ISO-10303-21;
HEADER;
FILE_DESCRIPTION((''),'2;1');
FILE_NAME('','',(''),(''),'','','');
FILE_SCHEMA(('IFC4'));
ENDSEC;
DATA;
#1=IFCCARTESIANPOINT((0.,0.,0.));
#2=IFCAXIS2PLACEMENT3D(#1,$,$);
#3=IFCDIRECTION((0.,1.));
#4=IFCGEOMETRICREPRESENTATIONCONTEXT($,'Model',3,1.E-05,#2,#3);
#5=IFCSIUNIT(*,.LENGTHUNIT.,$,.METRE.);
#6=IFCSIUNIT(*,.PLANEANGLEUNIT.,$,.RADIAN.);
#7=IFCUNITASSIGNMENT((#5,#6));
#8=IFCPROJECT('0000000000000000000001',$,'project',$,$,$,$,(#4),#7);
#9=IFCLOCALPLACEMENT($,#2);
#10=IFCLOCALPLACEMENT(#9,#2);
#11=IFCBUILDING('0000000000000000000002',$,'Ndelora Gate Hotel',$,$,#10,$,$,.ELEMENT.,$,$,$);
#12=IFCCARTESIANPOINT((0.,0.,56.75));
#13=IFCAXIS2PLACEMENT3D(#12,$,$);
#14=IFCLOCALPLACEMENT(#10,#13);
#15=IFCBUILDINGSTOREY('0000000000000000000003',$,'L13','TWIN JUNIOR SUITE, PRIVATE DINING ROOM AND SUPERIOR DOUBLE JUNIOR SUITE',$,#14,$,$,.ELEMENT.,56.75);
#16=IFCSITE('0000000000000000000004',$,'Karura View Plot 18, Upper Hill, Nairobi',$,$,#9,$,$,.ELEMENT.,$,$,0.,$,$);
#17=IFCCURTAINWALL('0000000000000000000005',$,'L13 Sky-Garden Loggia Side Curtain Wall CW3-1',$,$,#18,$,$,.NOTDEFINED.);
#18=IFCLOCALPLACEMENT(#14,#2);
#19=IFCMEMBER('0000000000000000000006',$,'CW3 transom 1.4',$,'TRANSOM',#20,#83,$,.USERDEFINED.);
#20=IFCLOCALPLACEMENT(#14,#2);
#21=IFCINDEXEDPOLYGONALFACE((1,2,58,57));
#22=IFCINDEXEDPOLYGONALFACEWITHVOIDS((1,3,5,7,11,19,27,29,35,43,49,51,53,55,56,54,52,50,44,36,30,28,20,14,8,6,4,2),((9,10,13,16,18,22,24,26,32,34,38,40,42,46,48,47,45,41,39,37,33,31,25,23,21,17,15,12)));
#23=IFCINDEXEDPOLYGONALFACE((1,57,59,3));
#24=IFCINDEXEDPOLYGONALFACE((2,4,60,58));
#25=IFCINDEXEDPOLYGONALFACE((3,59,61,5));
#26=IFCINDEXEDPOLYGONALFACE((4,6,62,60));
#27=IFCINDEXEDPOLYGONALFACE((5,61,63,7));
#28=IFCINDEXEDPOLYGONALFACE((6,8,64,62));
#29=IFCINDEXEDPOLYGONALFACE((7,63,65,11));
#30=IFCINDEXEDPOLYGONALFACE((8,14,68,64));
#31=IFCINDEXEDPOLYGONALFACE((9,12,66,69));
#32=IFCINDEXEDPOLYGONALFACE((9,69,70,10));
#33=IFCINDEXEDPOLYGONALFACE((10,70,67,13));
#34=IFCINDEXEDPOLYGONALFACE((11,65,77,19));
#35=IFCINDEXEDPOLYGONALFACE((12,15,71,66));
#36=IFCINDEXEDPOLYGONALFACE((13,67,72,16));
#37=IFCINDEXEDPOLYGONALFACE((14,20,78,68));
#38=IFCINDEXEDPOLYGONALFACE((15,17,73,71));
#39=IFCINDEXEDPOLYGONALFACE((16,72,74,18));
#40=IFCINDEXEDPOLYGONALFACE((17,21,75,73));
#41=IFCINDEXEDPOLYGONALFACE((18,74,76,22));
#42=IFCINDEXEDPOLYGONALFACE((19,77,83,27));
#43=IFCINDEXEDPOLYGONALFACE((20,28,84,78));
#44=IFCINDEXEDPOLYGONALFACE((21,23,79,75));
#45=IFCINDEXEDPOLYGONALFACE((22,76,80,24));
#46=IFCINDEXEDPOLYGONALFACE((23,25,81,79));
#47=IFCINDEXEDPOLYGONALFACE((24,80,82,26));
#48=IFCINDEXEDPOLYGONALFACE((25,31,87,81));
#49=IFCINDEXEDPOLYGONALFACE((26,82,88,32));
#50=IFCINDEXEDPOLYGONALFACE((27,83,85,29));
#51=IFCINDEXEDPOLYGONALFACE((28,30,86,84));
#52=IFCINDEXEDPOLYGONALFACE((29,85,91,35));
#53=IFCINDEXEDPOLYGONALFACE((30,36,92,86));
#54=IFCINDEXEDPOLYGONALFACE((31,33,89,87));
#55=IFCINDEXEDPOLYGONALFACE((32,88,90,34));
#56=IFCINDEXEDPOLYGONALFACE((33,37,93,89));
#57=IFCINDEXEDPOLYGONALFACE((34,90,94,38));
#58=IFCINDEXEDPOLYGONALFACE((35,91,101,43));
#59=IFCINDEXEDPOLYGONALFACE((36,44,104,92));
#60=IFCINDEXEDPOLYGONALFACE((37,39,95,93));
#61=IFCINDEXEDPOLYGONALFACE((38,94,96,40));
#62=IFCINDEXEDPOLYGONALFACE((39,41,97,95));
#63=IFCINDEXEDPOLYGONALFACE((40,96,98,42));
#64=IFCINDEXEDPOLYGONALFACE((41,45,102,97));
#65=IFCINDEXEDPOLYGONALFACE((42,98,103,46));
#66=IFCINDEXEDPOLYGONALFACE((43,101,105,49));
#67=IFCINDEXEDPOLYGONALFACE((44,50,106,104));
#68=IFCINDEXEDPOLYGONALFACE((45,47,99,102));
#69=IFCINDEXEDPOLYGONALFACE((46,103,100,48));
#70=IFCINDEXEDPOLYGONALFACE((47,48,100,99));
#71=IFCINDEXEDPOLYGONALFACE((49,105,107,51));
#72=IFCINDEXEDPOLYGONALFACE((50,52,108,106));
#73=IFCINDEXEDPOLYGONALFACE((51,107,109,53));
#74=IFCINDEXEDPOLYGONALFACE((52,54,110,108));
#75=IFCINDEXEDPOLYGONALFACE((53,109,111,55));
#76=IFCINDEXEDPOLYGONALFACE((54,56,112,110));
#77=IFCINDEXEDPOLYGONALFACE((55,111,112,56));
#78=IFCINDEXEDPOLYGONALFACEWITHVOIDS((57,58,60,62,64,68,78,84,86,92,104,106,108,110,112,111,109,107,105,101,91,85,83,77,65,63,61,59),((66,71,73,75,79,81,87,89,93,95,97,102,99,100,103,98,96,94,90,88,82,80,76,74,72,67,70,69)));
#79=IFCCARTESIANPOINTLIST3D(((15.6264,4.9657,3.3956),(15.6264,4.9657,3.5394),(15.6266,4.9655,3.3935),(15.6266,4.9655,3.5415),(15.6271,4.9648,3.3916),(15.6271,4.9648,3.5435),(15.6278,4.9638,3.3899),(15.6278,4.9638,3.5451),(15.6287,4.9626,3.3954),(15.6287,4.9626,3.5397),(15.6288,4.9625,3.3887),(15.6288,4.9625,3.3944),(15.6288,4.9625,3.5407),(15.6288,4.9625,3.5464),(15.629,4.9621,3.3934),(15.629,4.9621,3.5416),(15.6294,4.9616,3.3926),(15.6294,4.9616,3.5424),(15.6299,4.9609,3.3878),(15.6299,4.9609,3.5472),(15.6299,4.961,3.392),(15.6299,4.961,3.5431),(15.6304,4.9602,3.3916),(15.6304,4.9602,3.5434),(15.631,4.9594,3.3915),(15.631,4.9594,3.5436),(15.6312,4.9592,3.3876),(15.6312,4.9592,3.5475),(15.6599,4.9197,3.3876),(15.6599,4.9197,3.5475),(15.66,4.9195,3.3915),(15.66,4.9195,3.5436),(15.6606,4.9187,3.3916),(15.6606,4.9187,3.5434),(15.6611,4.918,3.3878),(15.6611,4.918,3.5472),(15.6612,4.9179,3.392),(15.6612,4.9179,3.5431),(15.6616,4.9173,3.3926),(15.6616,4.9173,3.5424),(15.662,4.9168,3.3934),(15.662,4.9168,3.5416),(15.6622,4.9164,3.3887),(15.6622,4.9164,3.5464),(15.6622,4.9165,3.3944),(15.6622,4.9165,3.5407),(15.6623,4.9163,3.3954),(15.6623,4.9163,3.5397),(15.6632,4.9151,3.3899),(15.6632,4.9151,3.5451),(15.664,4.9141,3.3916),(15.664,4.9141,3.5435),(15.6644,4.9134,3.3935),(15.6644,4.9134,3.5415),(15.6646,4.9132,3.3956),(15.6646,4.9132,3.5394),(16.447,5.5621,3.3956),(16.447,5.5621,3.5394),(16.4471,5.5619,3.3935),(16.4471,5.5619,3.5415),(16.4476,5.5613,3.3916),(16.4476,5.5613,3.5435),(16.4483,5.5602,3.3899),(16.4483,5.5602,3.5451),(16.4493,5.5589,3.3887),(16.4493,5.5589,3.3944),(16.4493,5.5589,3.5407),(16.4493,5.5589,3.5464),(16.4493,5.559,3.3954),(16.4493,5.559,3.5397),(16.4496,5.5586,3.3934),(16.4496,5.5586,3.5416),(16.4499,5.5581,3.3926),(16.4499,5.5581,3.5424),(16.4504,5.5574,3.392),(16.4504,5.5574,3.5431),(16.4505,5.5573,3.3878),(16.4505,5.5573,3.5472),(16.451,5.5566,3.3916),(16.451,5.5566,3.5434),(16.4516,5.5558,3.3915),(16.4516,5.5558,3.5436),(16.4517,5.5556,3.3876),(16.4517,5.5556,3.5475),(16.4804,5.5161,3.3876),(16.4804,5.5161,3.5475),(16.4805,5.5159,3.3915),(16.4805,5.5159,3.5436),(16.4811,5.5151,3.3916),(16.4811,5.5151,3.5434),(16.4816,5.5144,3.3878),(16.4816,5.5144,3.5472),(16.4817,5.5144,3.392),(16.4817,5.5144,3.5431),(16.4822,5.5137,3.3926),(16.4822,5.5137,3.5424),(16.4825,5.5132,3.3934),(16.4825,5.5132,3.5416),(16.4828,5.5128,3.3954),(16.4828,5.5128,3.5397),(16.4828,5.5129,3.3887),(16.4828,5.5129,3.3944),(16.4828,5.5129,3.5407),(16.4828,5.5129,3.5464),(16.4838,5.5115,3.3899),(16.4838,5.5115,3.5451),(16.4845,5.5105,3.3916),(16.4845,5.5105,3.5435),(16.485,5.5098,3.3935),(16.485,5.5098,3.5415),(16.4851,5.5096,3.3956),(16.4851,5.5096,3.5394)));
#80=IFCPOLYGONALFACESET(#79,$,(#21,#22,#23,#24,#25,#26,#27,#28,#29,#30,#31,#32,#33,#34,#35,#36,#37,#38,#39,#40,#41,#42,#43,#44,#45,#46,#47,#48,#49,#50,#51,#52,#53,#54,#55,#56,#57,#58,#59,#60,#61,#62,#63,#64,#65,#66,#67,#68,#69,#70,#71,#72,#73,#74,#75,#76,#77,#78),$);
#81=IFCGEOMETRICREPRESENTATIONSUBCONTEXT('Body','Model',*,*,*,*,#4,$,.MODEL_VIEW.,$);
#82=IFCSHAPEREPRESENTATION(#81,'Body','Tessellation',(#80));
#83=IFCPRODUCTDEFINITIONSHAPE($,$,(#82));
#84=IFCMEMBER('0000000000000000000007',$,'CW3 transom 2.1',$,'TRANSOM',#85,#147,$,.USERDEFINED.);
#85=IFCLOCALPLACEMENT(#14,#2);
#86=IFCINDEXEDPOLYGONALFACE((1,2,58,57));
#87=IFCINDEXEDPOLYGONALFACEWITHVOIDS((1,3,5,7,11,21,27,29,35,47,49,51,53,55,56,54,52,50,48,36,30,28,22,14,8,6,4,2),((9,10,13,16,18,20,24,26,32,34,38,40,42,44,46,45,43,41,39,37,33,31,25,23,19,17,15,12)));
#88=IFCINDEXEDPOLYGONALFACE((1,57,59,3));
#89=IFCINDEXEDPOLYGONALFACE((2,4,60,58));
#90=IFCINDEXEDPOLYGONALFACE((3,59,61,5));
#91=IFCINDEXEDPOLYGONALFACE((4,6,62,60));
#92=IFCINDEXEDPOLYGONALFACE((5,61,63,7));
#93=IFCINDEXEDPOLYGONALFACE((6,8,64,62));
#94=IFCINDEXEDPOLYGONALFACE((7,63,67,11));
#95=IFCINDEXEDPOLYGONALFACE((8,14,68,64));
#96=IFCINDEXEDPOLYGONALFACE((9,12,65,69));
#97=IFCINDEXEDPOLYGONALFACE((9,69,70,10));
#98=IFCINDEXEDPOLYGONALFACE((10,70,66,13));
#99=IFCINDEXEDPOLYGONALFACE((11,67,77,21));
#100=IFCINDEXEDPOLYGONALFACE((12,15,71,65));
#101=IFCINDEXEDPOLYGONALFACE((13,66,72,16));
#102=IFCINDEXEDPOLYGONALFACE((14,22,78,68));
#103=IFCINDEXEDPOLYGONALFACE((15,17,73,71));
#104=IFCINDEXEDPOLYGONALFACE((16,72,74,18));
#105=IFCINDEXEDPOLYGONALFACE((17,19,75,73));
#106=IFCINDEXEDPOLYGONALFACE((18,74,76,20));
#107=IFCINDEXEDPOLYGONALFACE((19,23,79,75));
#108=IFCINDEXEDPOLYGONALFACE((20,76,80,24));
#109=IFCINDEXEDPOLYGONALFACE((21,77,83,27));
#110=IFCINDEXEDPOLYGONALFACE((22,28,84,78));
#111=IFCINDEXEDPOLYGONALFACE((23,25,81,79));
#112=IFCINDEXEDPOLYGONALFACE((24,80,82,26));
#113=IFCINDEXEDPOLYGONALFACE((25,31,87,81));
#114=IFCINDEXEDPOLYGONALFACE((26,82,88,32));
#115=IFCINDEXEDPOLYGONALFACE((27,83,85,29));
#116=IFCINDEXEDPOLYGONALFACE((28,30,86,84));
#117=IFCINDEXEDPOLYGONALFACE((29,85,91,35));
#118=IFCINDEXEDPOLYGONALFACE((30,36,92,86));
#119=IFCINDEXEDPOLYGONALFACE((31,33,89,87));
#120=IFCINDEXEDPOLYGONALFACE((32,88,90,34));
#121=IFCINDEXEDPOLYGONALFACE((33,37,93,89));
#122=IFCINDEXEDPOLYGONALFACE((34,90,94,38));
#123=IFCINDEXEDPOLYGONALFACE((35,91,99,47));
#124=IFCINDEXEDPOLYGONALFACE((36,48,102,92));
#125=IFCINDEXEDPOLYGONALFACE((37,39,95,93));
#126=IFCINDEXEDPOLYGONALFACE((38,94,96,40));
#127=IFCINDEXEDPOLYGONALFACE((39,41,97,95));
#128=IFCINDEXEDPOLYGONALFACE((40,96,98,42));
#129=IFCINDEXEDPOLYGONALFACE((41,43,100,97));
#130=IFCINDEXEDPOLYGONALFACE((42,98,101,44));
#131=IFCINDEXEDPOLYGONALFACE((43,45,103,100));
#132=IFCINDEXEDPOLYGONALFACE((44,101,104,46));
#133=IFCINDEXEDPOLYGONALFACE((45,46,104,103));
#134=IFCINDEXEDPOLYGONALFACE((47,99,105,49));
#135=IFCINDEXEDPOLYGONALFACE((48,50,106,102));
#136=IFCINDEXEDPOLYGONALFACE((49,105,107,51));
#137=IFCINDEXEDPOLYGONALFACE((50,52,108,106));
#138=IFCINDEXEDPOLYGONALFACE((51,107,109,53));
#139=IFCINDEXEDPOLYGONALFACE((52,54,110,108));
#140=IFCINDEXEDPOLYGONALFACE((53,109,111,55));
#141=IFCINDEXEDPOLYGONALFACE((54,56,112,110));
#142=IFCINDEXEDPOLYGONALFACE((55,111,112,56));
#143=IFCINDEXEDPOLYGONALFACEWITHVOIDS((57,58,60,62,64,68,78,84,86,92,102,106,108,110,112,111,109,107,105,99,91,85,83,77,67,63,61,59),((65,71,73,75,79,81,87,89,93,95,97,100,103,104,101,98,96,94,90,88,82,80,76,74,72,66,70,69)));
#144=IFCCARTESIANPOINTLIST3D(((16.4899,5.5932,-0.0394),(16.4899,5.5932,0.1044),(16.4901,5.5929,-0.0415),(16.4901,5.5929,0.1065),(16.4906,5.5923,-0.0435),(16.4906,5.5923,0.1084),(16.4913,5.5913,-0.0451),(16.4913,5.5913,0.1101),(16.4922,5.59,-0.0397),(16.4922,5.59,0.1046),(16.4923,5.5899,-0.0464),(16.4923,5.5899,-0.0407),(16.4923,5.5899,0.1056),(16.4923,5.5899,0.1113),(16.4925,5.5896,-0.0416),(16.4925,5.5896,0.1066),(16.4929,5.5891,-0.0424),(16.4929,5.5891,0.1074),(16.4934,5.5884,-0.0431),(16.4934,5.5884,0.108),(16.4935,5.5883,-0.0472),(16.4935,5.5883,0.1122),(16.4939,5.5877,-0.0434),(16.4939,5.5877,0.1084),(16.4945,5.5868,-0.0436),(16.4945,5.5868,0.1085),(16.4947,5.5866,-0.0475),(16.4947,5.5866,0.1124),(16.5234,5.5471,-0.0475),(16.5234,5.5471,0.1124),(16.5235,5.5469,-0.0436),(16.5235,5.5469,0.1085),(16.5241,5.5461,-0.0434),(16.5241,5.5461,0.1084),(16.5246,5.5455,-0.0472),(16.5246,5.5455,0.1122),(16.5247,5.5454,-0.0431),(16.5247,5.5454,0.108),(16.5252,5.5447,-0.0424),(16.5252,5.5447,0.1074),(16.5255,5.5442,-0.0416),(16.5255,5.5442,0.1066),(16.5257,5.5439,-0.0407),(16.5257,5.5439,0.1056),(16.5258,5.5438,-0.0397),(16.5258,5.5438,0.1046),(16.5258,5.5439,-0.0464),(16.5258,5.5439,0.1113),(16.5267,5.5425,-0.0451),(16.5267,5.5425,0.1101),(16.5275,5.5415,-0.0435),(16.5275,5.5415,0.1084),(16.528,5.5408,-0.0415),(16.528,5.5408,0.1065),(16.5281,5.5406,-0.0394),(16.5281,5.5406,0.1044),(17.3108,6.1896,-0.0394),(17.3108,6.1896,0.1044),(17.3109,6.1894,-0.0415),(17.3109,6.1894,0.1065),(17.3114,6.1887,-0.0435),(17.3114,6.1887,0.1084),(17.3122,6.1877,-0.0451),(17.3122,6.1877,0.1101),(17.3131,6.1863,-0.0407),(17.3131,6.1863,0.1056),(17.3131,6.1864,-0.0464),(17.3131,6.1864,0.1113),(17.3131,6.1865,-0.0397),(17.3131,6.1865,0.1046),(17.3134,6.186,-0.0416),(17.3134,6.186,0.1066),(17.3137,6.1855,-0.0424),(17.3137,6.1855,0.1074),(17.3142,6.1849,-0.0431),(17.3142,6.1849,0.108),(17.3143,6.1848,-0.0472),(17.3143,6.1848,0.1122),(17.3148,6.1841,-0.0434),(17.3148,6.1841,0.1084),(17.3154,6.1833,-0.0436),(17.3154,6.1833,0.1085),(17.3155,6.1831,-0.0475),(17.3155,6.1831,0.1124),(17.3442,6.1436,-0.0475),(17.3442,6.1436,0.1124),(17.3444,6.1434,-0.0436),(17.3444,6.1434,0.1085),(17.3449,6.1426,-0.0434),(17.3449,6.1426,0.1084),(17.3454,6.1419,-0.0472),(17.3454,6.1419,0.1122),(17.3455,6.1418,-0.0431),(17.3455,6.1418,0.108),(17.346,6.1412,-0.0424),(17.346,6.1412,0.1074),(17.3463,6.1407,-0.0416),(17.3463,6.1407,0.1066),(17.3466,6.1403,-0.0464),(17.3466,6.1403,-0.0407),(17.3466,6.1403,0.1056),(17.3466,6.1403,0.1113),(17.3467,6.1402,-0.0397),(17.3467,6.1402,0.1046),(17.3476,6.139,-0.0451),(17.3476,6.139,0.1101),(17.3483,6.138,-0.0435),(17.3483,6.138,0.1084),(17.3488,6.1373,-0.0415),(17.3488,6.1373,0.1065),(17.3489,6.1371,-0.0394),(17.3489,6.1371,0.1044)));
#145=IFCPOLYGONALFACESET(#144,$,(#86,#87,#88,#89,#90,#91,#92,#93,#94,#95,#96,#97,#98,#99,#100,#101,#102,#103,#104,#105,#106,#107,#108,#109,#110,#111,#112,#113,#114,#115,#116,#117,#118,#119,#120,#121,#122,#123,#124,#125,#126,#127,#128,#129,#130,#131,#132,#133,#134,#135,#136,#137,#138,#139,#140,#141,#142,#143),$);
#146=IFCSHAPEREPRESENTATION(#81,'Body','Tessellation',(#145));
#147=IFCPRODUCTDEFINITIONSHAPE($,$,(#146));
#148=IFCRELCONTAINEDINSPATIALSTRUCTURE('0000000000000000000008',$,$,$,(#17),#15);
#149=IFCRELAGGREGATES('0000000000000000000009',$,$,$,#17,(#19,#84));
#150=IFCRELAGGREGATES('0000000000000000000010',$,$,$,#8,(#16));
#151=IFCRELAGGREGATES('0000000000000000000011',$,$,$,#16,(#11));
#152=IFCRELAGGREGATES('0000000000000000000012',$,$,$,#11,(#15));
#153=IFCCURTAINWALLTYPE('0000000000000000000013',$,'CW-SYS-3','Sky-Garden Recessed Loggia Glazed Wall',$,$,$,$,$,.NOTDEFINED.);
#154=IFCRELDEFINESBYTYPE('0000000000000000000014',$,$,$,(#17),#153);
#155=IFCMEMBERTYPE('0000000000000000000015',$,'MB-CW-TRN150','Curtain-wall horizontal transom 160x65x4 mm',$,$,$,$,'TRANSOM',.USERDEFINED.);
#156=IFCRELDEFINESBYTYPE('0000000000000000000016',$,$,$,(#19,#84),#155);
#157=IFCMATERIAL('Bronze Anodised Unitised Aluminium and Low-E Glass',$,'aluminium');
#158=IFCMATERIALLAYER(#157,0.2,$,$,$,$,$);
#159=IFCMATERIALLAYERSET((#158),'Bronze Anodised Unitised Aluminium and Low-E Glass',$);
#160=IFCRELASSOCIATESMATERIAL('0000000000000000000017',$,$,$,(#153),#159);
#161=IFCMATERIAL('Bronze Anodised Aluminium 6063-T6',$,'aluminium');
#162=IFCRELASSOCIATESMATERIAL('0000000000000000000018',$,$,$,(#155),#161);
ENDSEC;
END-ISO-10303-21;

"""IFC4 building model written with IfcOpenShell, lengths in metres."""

from ifc_helpers import new_model, si_unit, direction, frame, origin, origin_2d, place, context, subcontext, project, spatial, hollow_rectangle, extrude, material, layer, layer_set, material_profile, profile_set, type_object, element, aggregate, save


model = new_model("IFC4")

# Units and contexts
model_context = context("Model", 3, precision=1e-05, world=origin(), true_north=direction((0.0, 1.0)))
body_context = subcontext(model_context, "Body", "Model", "MODEL_VIEW")
ifc_project = project(units=[si_unit("LENGTHUNIT", "METRE"), si_unit("PLANEANGLEUNIT", "RADIAN")], contexts=[model_context])

# Site, building, storey
site_placement = place(None, origin())
site = spatial("IfcSite", under=ifc_project, at=site_placement, Name="Karura View Plot 18, Upper Hill, Nairobi", CompositionType="ELEMENT", RefElevation=0.0)
building_placement = place(site_placement, origin())
building = spatial("IfcBuilding", under=site, at=building_placement, Name="Ndelora Gate Hotel", CompositionType="ELEMENT")
storey_placement = place(building_placement, frame((0.0, 0.0, 56.75)))
storey = spatial("IfcBuildingStorey", under=building, at=storey_placement, Name="L13", Description="TWIN JUNIOR SUITE, PRIVATE DINING ROOM AND SUPERIOR DOUBLE JUNIOR SUITE", CompositionType="ELEMENT", Elevation=56.75)

# Curtain wall, members
ifc_material_1 = material(Name="Bronze Anodised Unitised Aluminium and Low-E Glass", Category="aluminium")
ifc_layer_1 = layer(ifc_material_1, 0.2)
ifc_layer_set_1 = layer_set([ifc_layer_1], Name="Bronze Anodised Unitised Aluminium and Low-E Glass")
curtain_wall_type = type_object("IfcCurtainWallType", Name="CW-SYS-3", Description="Sky-Garden Recessed Loggia Glazed Wall", PredefinedType="NOTDEFINED", material=ifc_layer_set_1)
curtain_wall_placement = place(storey_placement, origin())
curtain_wall = element("IfcCurtainWall", 1, at=curtain_wall_placement, inside=storey, type_object=curtain_wall_type, Name="L13 Sky-Garden Loggia Side Curtain Wall CW3-1", PredefinedType="NOTDEFINED")
ifc_material_2 = material(Name="Bronze Anodised Aluminium 6063-T6", Category="aluminium")
ifc_material_profile_1 = material_profile(ifc_material_2, hollow_rectangle(XDim=0.0649, YDim=0.1599, WallThickness=0.0039, InnerFilletRadius=0.0039, OuterFilletRadius=0.0081, at=origin_2d()), Name="ALU 160x65x4")
ifc_profile_set_1 = profile_set([ifc_material_profile_1], Name="Bronze Anodised Aluminium 6063-T6")
member_type_1 = type_object("IfcMemberType", Name="MB-CW-TRN150", Description="Curtain-wall horizontal transom 160x65x4 mm", ElementType="TRANSOM", PredefinedType="USERDEFINED", material=ifc_profile_set_1)
member_1_placement = place(storey_placement, frame((15.6455, 4.9395, 3.4675), z_axis=(0.808892, 0.587957, 0.0), x_axis=(-0.587957, 0.808892, 0.0)))
member_1 = element("IfcMember", 2, at=member_1_placement, type_object=member_type_1, Name="CW3 transom 1.4", ObjectType="TRANSOM", PredefinedType="USERDEFINED", context=body_context, shape_type="SweptSolid", body=[
    extrude(hollow_rectangle(XDim=0.0649, YDim=0.1599, WallThickness=0.0039, InnerFilletRadius=0.0039, OuterFilletRadius=0.0081, at=origin_2d()), origin(), (0.0, 0.0, 1.0), 1.0144),
])
member_2_placement = place(storey_placement, frame((16.509, 5.5669, 0.0325), z_axis=(0.808975, 0.587843, 0.0), x_axis=(-0.587843, 0.808975, 0.0)))
member_2 = element("IfcMember", 3, at=member_2_placement, type_object=member_type_1, Name="CW3 transom 2.1", ObjectType="TRANSOM", PredefinedType="USERDEFINED", context=body_context, shape_type="SweptSolid", body=[
    extrude(hollow_rectangle(XDim=0.0649, YDim=0.1599, WallThickness=0.0039, InnerFilletRadius=0.0039, OuterFilletRadius=0.0081, at=origin_2d()), origin(), (0.0, 0.0, 1.0), 1.0146),
])
aggregate(curtain_wall, [member_1, member_2])

save(model, "model.ifc")
